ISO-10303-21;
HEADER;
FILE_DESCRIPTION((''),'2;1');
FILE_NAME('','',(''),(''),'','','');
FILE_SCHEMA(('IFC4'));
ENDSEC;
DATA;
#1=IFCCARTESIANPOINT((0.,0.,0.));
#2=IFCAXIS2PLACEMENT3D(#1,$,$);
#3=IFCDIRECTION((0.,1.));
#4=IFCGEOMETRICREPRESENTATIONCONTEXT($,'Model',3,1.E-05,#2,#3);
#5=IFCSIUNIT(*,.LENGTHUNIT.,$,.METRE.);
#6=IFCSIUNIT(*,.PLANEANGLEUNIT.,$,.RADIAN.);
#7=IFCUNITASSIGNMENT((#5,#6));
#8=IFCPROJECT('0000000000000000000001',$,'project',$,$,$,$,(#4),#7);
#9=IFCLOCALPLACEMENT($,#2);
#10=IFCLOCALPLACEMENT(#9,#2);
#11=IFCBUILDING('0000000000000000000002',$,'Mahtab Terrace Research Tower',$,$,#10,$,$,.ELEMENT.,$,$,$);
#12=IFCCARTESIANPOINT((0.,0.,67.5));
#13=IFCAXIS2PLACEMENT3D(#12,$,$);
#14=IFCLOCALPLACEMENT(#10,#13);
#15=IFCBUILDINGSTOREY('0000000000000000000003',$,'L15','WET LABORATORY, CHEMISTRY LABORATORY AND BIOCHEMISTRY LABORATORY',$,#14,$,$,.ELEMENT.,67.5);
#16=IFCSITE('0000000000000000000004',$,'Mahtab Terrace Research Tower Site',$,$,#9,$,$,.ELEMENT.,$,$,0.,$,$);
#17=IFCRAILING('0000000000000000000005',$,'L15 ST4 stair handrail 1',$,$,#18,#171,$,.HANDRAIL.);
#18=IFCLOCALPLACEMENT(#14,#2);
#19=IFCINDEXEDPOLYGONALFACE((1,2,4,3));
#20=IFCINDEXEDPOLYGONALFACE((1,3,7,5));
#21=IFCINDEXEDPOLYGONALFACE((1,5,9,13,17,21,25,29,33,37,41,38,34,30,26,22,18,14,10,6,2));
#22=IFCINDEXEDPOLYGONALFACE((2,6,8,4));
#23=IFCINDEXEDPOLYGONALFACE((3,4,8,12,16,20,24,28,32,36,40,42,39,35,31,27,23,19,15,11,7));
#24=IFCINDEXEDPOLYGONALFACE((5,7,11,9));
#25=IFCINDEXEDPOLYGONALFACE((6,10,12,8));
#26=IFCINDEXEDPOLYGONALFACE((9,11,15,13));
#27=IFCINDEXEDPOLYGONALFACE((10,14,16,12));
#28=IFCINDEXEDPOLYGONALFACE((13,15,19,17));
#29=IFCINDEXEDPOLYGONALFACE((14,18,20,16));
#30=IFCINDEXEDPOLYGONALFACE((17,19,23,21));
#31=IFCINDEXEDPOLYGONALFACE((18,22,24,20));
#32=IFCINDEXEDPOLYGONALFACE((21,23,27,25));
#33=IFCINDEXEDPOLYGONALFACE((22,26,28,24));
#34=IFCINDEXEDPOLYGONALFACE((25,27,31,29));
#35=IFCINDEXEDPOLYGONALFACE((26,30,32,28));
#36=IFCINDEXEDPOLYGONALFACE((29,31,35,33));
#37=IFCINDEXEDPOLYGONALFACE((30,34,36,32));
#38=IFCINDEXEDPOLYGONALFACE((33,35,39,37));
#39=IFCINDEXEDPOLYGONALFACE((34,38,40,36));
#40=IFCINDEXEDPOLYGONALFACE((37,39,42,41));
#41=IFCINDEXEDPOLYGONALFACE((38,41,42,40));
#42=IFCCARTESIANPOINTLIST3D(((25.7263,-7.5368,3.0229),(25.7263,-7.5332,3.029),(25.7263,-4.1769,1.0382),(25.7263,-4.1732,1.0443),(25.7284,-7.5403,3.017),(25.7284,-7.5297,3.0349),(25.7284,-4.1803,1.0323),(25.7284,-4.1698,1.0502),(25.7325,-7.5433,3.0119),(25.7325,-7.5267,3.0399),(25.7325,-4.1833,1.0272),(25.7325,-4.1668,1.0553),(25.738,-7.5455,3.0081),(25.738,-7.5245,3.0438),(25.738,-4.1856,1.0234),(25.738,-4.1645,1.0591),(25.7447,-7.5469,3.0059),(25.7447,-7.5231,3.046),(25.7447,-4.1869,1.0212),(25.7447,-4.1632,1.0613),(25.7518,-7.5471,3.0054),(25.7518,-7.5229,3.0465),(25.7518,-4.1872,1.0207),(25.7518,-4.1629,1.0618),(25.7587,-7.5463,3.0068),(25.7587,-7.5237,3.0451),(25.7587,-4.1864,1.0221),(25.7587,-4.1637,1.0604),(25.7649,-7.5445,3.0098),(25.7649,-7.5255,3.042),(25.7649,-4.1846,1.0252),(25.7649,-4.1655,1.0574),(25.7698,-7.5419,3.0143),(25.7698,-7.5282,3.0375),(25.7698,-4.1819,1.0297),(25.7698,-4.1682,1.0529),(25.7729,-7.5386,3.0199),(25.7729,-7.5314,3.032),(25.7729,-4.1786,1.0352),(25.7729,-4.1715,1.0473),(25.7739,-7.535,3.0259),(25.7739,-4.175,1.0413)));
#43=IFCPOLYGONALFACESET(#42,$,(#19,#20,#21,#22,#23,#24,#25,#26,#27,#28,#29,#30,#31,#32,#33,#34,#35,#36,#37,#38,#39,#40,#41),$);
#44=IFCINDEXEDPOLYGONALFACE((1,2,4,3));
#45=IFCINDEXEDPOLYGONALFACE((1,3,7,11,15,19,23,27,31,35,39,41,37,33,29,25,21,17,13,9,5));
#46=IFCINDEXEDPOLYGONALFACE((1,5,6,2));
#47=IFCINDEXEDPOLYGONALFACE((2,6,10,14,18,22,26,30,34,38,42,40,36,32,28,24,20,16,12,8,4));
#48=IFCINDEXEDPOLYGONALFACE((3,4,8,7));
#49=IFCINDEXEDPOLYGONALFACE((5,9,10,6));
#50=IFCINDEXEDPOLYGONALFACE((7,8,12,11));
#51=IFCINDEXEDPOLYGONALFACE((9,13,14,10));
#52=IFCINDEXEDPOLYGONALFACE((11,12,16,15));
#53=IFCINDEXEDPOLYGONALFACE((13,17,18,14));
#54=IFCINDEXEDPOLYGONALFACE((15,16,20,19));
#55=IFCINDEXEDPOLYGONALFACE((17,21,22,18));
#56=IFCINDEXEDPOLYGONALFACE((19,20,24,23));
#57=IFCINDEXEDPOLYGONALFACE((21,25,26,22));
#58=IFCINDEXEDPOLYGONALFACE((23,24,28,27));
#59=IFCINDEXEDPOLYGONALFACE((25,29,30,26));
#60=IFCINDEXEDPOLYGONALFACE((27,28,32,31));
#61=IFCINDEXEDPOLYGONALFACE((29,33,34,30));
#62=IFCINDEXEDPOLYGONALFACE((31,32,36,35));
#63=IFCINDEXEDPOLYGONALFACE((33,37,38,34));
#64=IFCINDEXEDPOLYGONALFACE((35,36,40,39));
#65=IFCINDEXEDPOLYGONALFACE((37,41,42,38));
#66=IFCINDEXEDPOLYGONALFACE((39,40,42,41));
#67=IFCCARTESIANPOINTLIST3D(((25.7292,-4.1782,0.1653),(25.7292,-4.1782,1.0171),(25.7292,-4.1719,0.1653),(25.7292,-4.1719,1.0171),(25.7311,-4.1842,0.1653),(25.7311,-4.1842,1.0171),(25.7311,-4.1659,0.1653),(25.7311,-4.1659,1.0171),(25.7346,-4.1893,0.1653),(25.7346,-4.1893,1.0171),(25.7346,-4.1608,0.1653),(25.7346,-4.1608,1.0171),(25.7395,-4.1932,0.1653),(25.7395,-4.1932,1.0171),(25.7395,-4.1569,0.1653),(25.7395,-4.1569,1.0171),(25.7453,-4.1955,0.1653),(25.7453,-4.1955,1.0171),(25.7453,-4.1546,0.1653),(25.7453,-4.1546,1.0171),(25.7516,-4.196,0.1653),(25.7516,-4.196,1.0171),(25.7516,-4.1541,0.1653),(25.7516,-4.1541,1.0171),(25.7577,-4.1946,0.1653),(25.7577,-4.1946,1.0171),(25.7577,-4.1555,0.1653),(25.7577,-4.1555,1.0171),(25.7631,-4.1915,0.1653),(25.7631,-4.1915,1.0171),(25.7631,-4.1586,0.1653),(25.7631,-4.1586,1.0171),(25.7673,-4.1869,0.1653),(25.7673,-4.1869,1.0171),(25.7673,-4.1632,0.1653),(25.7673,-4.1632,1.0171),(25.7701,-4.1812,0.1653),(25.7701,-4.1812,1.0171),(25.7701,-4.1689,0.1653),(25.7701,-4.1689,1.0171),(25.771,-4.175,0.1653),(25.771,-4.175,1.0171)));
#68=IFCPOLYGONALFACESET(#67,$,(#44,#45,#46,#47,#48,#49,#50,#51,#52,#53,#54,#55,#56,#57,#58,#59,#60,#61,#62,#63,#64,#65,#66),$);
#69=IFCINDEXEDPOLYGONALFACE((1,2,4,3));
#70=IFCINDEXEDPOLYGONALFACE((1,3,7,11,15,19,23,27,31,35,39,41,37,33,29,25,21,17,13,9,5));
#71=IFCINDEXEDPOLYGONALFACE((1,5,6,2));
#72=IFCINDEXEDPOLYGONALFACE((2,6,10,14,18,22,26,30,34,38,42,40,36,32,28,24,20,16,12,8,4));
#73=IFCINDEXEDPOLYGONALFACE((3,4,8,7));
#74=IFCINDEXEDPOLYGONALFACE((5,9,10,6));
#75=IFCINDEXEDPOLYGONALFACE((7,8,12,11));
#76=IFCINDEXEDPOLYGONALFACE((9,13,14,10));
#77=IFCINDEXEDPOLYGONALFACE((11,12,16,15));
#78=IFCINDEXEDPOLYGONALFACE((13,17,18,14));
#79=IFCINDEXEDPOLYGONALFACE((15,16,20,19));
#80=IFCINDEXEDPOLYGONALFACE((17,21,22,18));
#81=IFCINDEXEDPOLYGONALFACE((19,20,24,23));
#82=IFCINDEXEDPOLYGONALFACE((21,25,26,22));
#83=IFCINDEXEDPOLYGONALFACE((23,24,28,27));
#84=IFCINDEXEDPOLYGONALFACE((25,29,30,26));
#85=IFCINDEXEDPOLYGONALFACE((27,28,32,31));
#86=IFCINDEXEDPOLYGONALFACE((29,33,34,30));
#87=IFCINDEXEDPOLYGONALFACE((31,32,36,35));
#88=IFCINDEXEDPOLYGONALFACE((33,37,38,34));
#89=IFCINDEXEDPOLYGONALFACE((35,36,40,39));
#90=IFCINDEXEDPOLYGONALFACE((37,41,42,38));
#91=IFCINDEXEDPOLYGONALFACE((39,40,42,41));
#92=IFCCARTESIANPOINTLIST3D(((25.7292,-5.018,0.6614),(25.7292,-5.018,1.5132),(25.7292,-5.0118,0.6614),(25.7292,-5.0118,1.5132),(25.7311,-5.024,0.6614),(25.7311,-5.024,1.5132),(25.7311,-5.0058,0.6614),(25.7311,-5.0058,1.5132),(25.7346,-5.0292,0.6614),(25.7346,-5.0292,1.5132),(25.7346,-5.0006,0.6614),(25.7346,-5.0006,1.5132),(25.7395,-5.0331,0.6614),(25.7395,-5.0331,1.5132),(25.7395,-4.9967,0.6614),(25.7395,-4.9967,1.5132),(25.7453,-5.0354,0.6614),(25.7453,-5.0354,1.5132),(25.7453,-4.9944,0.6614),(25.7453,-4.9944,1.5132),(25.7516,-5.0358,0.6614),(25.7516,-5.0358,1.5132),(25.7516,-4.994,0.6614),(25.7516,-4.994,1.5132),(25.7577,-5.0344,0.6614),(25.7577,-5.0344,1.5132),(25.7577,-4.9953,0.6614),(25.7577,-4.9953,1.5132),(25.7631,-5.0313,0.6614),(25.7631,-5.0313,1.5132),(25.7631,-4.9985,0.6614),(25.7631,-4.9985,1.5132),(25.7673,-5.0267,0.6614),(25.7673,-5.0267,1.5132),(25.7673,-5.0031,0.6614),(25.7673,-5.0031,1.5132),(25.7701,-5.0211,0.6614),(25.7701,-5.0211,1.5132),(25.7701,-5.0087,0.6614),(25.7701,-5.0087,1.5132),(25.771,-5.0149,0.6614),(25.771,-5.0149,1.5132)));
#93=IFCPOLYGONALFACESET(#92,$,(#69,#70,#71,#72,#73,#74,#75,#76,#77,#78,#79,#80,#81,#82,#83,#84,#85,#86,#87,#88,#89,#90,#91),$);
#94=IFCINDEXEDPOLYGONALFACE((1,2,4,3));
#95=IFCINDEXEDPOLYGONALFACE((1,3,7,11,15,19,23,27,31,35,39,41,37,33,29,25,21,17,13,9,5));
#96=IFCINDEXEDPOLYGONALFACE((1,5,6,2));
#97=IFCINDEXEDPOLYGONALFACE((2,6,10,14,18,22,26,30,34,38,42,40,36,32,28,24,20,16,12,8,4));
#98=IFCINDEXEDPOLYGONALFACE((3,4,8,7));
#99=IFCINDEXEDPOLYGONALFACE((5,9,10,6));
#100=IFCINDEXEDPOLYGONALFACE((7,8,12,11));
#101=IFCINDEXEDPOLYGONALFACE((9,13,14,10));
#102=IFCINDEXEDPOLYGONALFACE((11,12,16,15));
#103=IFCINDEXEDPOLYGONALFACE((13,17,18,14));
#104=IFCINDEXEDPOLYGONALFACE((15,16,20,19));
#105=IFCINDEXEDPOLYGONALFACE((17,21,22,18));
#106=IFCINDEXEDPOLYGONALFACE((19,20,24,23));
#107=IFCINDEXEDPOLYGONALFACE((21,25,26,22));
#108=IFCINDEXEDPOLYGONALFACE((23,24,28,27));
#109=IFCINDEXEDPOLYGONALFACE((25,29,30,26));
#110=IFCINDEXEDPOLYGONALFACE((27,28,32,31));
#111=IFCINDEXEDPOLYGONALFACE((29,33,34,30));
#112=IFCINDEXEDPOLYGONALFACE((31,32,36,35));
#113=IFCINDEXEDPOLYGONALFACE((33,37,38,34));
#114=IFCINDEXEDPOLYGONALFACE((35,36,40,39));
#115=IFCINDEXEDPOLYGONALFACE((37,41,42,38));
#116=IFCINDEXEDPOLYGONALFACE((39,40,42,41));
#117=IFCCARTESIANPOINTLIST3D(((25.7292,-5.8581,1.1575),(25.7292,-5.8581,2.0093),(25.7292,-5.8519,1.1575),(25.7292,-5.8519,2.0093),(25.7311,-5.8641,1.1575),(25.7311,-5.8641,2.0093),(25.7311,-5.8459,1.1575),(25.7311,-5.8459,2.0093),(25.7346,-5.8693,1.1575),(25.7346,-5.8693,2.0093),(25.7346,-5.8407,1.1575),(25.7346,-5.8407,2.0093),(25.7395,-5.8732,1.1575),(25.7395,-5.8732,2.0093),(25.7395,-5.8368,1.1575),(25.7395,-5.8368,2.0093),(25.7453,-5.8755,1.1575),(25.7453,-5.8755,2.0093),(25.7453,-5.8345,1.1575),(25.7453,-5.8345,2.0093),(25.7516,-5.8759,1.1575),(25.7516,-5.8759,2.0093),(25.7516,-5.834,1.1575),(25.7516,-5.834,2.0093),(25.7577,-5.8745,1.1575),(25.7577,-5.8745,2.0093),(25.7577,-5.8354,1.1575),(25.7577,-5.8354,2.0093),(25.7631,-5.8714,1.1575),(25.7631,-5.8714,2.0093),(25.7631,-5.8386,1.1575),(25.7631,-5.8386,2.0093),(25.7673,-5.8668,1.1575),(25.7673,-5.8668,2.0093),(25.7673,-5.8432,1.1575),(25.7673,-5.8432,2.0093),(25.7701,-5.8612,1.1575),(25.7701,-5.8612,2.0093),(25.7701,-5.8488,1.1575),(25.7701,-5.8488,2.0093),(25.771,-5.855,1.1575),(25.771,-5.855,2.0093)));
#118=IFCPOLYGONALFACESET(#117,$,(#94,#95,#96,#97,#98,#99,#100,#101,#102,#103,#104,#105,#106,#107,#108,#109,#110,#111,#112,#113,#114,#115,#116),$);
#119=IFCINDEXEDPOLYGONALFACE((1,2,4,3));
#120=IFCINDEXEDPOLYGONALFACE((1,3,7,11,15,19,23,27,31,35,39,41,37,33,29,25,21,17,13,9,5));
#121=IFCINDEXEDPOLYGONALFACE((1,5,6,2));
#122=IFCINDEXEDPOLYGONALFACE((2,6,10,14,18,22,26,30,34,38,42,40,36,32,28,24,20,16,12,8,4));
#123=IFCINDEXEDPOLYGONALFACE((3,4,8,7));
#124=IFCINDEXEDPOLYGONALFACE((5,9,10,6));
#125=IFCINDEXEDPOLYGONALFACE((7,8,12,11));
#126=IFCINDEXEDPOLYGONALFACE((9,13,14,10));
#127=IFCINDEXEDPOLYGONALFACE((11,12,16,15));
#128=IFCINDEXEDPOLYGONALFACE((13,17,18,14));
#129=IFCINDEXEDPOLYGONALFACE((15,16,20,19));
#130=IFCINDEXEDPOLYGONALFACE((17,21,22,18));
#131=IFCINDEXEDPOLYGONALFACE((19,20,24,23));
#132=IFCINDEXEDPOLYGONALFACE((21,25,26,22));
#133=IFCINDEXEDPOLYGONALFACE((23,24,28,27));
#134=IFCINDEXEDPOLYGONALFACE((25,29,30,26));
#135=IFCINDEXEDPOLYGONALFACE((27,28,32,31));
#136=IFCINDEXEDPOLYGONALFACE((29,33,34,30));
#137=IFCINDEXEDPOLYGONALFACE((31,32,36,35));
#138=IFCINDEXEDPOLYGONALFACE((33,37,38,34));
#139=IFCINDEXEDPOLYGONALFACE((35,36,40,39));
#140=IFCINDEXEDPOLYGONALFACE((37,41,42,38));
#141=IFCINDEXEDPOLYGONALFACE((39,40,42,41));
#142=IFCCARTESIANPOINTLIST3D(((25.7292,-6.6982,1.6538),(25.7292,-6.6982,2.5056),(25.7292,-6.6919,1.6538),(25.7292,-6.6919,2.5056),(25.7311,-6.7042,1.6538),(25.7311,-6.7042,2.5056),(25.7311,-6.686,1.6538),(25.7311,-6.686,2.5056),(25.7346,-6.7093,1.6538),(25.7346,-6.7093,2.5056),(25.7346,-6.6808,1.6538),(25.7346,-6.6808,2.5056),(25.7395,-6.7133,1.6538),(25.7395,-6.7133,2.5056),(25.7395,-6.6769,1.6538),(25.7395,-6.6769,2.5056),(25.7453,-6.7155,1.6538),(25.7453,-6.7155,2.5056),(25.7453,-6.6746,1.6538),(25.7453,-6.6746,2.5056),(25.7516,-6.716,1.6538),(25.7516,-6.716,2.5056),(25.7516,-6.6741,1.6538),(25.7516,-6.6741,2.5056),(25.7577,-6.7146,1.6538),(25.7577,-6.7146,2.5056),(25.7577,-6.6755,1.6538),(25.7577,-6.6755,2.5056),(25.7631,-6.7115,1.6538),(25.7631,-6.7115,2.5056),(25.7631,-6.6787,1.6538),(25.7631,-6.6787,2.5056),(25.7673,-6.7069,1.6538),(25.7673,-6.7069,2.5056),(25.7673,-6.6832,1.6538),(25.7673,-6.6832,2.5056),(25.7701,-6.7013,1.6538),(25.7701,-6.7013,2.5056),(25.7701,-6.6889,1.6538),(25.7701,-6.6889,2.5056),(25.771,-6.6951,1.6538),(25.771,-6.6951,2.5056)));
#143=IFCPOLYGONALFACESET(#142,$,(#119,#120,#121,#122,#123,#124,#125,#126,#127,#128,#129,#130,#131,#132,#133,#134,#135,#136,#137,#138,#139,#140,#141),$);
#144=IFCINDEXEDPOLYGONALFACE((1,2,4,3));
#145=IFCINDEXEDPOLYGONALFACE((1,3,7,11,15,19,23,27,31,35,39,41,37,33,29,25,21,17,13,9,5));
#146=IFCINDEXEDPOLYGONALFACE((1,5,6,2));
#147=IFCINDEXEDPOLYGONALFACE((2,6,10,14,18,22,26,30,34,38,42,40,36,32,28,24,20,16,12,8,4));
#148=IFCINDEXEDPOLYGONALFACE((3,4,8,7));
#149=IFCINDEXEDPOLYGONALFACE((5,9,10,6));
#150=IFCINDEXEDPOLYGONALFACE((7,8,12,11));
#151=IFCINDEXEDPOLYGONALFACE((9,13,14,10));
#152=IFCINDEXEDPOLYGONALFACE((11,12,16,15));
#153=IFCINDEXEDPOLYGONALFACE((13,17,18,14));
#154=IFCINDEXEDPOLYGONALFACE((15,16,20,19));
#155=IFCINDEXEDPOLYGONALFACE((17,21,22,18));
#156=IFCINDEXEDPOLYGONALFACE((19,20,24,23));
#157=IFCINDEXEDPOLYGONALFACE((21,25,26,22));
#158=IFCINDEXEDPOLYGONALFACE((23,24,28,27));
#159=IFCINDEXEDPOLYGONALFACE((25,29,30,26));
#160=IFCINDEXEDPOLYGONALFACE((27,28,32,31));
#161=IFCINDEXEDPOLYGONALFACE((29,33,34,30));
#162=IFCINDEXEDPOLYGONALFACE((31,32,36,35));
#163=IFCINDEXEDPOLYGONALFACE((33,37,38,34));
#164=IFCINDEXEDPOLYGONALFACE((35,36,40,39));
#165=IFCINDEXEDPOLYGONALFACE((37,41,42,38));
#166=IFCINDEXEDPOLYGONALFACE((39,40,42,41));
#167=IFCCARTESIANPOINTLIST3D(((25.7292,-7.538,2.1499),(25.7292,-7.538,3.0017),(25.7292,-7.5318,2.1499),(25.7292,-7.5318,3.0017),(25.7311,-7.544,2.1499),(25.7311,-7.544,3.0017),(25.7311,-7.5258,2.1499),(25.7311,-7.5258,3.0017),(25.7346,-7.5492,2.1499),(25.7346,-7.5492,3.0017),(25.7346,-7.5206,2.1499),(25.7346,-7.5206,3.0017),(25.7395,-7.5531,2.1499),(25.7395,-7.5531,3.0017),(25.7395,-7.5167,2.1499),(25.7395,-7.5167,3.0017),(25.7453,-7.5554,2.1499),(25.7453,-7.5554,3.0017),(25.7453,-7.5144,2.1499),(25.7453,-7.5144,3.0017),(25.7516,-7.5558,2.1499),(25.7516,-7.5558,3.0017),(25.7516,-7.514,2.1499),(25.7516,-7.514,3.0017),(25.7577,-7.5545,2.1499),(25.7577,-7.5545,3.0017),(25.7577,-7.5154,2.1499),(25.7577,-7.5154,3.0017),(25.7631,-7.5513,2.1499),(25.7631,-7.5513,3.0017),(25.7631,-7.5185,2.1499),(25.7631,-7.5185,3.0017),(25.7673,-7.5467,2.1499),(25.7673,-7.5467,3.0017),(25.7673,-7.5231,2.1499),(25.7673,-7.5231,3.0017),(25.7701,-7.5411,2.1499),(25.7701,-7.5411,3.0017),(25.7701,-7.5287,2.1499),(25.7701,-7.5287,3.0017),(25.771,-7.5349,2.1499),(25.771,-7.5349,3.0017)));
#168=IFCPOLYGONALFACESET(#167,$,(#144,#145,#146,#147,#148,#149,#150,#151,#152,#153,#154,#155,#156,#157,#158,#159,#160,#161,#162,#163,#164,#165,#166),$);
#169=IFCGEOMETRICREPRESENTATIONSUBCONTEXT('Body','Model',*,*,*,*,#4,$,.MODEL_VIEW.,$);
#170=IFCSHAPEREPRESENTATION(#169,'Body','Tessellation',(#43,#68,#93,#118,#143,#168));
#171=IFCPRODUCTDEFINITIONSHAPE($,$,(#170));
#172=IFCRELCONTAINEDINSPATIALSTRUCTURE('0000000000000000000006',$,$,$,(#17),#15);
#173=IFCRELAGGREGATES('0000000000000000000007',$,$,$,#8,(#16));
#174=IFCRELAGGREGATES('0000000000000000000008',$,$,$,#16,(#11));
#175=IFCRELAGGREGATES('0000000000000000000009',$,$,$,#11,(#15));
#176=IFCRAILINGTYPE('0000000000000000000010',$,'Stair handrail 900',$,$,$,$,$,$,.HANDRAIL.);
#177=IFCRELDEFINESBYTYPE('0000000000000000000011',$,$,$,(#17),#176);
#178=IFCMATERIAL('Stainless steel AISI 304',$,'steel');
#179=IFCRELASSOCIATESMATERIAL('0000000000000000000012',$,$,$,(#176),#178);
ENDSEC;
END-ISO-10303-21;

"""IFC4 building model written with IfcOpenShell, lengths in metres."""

from ifc_helpers import new_model, si_unit, direction, frame, origin, origin_2d, place, context, subcontext, project, spatial, circle, extrude, material, type_object, element, save


model = new_model("IFC4")

# Units and contexts
model_context = context("Model", 3, precision=1e-05, world=origin(), true_north=direction((0.0, 1.0)))
body_context = subcontext(model_context, "Body", "Model", "MODEL_VIEW")
ifc_project = project(units=[si_unit("LENGTHUNIT", "METRE"), si_unit("PLANEANGLEUNIT", "RADIAN")], contexts=[model_context])

# Site, building, storey
site_placement = place(None, origin())
site = spatial("IfcSite", under=ifc_project, at=site_placement, Name="Mahtab Terrace Research Tower Site", CompositionType="ELEMENT", RefElevation=0.0)
building_placement = place(site_placement, origin())
building = spatial("IfcBuilding", under=site, at=building_placement, Name="Mahtab Terrace Research Tower", CompositionType="ELEMENT")
storey_placement = place(building_placement, frame((0.0, 0.0, 67.5)))
storey = spatial("IfcBuildingStorey", under=building, at=storey_placement, Name="L15", Description="WET LABORATORY, CHEMISTRY LABORATORY AND BIOCHEMISTRY LABORATORY", CompositionType="ELEMENT", Elevation=67.5)

# Railing
ifc_material_1 = material(Name="Stainless steel AISI 304", Category="steel")
railing_type_1 = type_object("IfcRailingType", Name="Stair handrail 900", PredefinedType="HANDRAIL", material=ifc_material_1)
railing_1_placement = place(storey_placement, frame((25.75, -4.175, 0.1653)))
element("IfcRailing", 1, at=railing_1_placement, inside=storey, type_object=railing_type_1, Name="L15 ST4 stair handrail 1", PredefinedType="HANDRAIL", context=body_context, shape_type="SweptSolid", body=[
    extrude(circle(Radius=0.0239, at=origin_2d()), frame((0.0, 0.0, 0.876), z_axis=(0.0, -0.861011, 0.508586), x_axis=(1.0, 0.0, 0.0)), (0.0, 0.0, 1.0), 3.9023),
    extrude(circle(Radius=0.021, at=origin_2d()), origin(), (0.0, 0.0, 1.0), 0.8518),
    extrude(circle(Radius=0.021, at=origin_2d()), frame((0.0, -0.8398, 0.4961)), (0.0, 0.0, 1.0), 0.8518),
    extrude(circle(Radius=0.021, at=origin_2d()), frame((0.0, -1.6799, 0.9922)), (0.0, 0.0, 1.0), 0.8518),
    extrude(circle(Radius=0.021, at=origin_2d()), frame((0.0, -2.52, 1.4885)), (0.0, 0.0, 1.0), 0.8518),
    extrude(circle(Radius=0.021, at=origin_2d()), frame((0.0, -3.3599, 1.9846)), (0.0, 0.0, 1.0), 0.8518),
])

save(model, "model.ifc")
